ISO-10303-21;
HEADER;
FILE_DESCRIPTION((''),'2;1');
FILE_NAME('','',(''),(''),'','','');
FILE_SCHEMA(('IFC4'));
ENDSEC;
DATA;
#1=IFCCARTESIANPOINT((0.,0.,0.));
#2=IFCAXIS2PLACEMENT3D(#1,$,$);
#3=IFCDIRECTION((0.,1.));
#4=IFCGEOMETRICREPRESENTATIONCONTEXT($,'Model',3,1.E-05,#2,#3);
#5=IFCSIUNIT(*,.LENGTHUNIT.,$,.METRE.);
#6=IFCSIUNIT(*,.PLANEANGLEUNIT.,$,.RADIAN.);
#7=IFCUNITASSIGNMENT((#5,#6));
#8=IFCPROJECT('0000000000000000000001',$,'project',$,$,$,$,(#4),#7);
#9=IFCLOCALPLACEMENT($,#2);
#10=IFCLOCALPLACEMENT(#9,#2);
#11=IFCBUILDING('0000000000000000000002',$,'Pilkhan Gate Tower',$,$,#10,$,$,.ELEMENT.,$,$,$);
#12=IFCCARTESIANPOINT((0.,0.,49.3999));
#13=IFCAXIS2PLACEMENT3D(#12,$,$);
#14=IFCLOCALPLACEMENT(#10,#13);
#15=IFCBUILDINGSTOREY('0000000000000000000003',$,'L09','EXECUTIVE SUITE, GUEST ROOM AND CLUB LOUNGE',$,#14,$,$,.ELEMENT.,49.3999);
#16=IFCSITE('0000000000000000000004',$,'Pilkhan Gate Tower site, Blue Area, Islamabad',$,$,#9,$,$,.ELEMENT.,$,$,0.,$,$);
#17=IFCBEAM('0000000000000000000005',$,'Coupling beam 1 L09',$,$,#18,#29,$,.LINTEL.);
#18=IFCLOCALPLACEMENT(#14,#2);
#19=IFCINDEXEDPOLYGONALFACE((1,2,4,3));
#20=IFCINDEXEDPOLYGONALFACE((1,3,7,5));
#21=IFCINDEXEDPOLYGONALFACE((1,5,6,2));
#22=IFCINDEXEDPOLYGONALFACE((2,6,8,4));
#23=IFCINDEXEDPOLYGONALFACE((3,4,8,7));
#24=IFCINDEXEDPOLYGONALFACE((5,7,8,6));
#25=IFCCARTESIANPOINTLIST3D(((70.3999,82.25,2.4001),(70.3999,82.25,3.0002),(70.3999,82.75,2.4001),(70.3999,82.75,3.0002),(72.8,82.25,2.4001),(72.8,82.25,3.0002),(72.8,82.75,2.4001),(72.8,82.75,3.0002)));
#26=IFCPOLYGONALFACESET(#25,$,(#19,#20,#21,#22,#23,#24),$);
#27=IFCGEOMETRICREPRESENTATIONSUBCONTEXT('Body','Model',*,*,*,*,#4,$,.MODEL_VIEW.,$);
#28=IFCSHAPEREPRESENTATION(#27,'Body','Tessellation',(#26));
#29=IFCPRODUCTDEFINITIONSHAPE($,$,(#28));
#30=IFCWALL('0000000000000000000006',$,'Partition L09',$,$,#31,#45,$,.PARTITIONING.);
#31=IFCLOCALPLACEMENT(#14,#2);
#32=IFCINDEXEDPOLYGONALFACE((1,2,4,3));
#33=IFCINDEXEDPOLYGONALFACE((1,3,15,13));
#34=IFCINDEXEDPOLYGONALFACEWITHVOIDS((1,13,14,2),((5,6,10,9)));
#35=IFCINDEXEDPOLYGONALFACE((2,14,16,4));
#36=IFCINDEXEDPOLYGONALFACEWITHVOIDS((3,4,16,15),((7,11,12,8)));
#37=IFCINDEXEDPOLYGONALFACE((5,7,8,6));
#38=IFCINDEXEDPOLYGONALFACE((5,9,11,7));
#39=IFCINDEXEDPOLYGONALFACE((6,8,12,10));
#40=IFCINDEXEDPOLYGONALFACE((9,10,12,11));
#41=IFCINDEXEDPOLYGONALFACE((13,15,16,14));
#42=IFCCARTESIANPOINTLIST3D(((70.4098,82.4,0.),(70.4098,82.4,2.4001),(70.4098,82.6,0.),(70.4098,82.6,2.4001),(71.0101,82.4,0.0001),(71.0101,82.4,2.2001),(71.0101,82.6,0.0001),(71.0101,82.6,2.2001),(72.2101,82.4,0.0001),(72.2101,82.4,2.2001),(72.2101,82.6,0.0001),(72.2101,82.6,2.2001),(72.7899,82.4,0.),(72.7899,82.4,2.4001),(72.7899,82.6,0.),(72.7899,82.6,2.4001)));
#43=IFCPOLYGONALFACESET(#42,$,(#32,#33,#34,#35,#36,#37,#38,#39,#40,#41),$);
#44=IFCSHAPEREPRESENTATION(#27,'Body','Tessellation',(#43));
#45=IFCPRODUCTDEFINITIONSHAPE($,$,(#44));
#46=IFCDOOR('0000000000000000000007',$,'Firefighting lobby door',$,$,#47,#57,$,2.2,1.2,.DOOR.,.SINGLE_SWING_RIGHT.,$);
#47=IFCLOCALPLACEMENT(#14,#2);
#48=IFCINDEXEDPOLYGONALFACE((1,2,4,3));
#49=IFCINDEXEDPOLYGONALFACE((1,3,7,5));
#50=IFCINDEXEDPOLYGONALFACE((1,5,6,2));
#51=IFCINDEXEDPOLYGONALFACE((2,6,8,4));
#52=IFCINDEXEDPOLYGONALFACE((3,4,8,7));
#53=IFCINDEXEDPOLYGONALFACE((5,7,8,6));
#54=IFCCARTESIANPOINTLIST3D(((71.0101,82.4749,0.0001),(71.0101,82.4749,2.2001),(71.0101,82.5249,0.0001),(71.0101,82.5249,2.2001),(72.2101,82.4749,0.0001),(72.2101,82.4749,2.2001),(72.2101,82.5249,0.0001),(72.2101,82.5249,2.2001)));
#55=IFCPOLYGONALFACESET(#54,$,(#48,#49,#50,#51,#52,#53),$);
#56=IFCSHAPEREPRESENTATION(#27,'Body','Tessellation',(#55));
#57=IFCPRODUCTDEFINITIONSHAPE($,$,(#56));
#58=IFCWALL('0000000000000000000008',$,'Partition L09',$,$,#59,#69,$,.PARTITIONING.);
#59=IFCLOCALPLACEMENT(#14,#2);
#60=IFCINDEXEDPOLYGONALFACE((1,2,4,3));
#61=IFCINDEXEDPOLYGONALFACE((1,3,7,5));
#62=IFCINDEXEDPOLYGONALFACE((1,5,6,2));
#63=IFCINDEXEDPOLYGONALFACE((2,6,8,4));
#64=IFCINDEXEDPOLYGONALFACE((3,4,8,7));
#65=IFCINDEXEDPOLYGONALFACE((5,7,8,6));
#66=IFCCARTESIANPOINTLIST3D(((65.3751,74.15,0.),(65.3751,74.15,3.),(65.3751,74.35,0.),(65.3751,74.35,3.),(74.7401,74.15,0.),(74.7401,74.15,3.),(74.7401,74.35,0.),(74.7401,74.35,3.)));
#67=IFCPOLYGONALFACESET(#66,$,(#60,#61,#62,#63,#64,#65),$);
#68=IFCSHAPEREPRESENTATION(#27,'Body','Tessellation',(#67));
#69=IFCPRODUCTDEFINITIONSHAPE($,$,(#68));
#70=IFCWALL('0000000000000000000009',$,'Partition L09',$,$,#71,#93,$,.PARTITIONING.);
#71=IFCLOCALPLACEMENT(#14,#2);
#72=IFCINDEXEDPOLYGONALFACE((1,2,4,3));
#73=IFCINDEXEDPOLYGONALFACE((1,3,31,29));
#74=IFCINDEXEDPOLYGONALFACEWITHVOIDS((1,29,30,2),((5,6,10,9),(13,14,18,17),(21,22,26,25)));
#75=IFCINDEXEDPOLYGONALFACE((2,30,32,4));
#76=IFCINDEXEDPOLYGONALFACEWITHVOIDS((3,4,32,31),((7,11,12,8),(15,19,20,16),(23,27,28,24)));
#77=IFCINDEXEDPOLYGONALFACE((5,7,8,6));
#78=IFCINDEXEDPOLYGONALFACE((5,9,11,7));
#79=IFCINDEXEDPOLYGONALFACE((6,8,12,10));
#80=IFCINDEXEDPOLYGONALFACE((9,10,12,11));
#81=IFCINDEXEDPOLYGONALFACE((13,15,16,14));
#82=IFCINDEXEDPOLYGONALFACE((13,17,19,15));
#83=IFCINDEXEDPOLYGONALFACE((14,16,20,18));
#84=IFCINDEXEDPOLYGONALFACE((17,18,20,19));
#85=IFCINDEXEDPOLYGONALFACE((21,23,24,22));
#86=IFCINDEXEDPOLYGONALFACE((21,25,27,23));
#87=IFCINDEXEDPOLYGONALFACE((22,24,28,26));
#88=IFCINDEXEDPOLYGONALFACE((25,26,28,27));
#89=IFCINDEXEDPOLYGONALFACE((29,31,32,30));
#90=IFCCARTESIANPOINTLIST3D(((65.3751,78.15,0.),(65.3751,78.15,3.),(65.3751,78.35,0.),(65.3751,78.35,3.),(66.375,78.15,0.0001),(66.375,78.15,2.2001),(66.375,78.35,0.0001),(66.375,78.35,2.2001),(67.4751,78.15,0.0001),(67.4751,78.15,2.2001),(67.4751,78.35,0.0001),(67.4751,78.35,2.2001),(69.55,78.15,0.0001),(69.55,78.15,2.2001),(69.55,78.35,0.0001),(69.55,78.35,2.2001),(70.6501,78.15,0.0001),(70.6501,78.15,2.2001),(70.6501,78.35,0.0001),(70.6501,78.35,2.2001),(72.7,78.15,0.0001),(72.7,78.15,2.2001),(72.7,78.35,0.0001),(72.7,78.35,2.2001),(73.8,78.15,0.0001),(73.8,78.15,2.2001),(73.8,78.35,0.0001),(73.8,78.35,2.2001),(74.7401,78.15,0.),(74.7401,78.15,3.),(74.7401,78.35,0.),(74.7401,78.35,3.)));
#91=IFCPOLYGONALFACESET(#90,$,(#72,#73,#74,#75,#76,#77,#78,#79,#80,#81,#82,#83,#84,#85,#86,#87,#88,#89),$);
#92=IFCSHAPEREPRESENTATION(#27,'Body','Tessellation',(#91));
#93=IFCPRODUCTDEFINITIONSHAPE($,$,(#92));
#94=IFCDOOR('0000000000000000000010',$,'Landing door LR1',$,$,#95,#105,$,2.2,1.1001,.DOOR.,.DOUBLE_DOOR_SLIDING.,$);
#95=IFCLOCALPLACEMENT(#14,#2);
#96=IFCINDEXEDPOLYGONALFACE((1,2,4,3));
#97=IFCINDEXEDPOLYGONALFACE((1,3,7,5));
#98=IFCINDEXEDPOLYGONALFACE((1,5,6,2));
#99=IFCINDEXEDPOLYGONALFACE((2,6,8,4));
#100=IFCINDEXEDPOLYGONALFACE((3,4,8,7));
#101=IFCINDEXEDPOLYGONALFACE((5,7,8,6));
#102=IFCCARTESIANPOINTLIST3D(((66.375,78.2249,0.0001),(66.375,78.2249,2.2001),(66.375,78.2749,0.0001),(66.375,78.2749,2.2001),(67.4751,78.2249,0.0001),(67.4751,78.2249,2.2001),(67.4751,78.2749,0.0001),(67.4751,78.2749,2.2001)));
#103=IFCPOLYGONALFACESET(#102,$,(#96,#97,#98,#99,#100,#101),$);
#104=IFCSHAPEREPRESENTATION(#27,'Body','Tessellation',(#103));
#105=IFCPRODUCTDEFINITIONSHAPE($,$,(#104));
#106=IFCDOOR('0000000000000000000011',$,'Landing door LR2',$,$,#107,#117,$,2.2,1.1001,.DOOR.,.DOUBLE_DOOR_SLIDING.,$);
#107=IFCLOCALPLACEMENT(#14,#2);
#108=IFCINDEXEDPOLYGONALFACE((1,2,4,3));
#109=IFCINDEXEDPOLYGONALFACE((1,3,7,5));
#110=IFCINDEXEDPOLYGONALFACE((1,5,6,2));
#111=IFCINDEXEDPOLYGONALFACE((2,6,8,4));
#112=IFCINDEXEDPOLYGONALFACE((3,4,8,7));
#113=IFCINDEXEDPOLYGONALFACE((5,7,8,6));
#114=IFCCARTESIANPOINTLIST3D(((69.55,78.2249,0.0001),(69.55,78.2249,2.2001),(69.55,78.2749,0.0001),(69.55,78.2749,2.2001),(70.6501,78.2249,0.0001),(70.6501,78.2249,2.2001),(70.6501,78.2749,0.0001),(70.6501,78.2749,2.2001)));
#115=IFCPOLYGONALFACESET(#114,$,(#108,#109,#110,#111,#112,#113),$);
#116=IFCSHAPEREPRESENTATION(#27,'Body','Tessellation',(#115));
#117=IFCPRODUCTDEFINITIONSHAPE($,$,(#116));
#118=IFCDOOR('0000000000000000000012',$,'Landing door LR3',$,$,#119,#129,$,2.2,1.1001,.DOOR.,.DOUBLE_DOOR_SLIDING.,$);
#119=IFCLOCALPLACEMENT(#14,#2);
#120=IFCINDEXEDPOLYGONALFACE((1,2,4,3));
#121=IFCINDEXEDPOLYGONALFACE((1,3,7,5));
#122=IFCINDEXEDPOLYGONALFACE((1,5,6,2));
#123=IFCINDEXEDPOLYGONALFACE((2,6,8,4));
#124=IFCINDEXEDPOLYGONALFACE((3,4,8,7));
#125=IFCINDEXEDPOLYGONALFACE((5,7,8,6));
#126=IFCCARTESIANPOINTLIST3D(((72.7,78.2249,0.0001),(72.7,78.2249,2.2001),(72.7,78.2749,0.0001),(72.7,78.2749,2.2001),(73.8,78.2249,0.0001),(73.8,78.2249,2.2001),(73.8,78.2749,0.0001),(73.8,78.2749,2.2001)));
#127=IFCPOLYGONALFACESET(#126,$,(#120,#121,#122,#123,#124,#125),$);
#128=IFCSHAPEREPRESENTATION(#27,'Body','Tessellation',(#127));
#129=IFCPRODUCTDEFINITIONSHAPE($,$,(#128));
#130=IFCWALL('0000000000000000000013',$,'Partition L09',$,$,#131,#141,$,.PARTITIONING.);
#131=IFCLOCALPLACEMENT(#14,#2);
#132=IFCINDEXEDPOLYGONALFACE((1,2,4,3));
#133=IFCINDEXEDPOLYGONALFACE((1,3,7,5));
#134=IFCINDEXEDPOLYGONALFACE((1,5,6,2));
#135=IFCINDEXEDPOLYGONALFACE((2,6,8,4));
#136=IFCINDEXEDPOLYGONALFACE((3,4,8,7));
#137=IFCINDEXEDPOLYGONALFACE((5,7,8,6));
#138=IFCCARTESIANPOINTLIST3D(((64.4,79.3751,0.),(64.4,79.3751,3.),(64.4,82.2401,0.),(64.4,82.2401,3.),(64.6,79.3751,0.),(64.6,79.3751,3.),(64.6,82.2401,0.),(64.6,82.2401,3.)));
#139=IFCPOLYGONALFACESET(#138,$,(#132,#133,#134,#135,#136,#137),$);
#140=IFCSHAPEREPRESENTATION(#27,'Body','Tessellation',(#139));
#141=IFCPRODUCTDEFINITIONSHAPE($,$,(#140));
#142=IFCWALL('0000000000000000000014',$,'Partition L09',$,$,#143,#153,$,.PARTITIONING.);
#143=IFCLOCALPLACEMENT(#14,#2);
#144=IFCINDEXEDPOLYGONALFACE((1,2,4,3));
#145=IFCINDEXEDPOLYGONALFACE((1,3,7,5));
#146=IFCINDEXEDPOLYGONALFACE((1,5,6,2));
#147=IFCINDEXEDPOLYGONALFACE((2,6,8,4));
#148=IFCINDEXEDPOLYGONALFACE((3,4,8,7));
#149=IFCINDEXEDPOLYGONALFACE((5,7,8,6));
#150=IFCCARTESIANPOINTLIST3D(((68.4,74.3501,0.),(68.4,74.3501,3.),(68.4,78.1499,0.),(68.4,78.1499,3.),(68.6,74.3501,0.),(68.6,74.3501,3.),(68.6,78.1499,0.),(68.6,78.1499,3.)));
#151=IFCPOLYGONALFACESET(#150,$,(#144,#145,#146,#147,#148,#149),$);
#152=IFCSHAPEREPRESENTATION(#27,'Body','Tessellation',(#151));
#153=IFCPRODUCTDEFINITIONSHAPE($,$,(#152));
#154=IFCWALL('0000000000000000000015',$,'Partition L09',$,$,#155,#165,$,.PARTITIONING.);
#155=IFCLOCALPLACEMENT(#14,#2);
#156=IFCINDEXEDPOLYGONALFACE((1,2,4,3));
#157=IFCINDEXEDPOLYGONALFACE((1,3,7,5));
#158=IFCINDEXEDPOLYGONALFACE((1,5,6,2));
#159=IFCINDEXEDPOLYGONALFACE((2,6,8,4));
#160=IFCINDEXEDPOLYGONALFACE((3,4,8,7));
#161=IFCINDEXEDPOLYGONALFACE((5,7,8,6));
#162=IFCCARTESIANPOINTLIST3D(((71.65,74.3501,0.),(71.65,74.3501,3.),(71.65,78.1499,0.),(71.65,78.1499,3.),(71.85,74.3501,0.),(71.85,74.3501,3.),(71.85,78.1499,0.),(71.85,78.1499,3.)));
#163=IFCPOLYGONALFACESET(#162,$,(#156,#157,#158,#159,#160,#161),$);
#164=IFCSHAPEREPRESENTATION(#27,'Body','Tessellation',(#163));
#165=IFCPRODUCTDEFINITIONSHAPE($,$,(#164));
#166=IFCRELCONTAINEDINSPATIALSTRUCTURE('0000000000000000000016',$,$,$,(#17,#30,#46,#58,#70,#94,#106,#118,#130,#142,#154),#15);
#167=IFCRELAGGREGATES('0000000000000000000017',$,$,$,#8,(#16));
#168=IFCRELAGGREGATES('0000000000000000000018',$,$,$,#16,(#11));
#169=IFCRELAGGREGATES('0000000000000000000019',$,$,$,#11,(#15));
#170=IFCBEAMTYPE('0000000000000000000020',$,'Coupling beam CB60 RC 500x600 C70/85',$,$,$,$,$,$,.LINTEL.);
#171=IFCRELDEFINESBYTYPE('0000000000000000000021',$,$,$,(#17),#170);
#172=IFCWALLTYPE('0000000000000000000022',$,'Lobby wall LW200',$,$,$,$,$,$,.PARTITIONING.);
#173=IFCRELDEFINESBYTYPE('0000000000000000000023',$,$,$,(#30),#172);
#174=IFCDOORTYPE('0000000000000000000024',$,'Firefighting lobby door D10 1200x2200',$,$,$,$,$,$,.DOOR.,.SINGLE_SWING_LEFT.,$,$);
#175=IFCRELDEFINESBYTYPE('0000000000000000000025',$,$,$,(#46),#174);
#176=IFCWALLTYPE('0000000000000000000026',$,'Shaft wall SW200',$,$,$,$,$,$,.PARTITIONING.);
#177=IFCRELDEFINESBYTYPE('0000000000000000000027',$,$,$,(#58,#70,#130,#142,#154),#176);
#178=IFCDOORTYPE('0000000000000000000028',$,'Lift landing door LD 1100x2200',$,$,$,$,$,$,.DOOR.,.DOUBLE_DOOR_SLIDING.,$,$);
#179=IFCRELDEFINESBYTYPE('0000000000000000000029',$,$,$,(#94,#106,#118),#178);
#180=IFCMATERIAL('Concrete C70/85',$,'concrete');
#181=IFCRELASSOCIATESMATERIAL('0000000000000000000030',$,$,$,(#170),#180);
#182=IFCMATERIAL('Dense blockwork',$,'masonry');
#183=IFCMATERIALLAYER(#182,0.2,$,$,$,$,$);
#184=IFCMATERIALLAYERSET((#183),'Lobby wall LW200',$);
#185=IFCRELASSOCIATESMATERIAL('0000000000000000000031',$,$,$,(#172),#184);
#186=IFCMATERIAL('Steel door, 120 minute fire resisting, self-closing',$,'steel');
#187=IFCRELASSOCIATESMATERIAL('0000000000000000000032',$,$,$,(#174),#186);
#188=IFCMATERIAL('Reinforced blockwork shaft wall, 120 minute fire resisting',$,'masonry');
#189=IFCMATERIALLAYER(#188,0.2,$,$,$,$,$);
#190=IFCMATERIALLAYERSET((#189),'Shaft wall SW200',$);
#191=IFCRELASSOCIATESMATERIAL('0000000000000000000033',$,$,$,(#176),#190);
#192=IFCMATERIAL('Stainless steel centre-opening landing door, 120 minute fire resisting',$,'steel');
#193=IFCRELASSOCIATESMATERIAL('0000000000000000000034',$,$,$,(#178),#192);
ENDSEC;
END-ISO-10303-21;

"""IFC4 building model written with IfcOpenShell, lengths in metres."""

from ifc_helpers import new_model, si_unit, direction, frame, frame_2d, origin, origin_2d, place, context, subcontext, project, spatial, rectangle, extrude, material, layer, layer_set, material_profile, profile_set, type_object, element, fill, save


model = new_model("IFC4")

# Units and contexts
model_context = context("Model", 3, precision=1e-05, world=origin(), true_north=direction((0.0, 1.0)))
body_context = subcontext(model_context, "Body", "Model", "MODEL_VIEW")
ifc_project = project(units=[si_unit("LENGTHUNIT", "METRE"), si_unit("PLANEANGLEUNIT", "RADIAN")], contexts=[model_context])

# Site, building, storey
site_placement = place(None, origin())
site = spatial("IfcSite", under=ifc_project, at=site_placement, Name="Pilkhan Gate Tower site, Blue Area, Islamabad", CompositionType="ELEMENT", RefElevation=0.0)
building_placement = place(site_placement, origin())
building = spatial("IfcBuilding", under=site, at=building_placement, Name="Pilkhan Gate Tower", CompositionType="ELEMENT")
storey_placement = place(building_placement, frame((0.0, 0.0, 49.3999)))
storey = spatial("IfcBuildingStorey", under=building, at=storey_placement, Name="L09", Description="EXECUTIVE SUITE, GUEST ROOM AND CLUB LOUNGE", CompositionType="ELEMENT", Elevation=49.3999)

# Beam
ifc_material_1 = material(Name="Concrete C70/85", Category="concrete")
ifc_material_profile = material_profile(ifc_material_1, rectangle(XDim=0.5, YDim=0.6001, at=origin_2d()), Name="RC 500x600")
ifc_profile_set = profile_set([ifc_material_profile], Name="Concrete C70/85")
beam_type = type_object("IfcBeamType", Name="Coupling beam CB60 RC 500x600 C70/85", PredefinedType="LINTEL", material=ifc_profile_set)
beam_placement = place(storey_placement, frame((70.3999, 82.5, 2.7002), z_axis=(1.0, 0.0, 0.0), x_axis=(0.0, 1.0, 0.0)))
element("IfcBeam", 1, at=beam_placement, inside=storey, type_object=beam_type, Name="Coupling beam 1 L09", PredefinedType="LINTEL", context=body_context, shape_type="SweptSolid", body=[
    extrude(rectangle(XDim=0.5, YDim=0.6001, at=origin_2d()), origin(), (0.0, 0.0, 1.0), 2.4001),
])

# Wall, opening, door
ifc_material_2 = material(Name="Dense blockwork", Category="masonry")
ifc_layer_1 = layer(ifc_material_2, 0.2)
ifc_layer_set_1 = layer_set([ifc_layer_1], Name="Lobby wall LW200")
wall_type_1 = type_object("IfcWallType", Name="Lobby wall LW200", PredefinedType="PARTITIONING", material=ifc_layer_set_1)
wall_1_placement = place(storey_placement, frame((70.4099, 82.5, 0.0), z_axis=(0.0, 0.0, 1.0), x_axis=(1.0, 0.0, 0.0)))
wall_1 = element("IfcWall", 2, at=wall_1_placement, inside=storey, type_object=wall_type_1, Name="Partition L09", PredefinedType="PARTITIONING", context=body_context, shape_type="SweptSolid", body=[
    extrude(rectangle(XDim=2.3801, YDim=0.2, at=frame_2d((1.1899, 0.0))), origin(), (0.0, 0.0, 1.0), 2.4001),
])
opening_1_placement = place(wall_1_placement, frame((0.6001, 0.0, 0.0)))
opening_1 = element("IfcOpeningElement", 3, at=opening_1_placement, cuts=wall_1, PredefinedType="OPENING", context=body_context, shape_type="SweptSolid", body=[
    extrude(rectangle(XDim=1.2, YDim=2.2, at=frame_2d((0.6001, 1.1001))), frame((0.0, 0.1099, 0.0), z_axis=(0.0, -1.0, 0.0), x_axis=(1.0, 0.0, 0.0)), (0.0, 0.0, 1.0), 0.22),
])
ifc_material_3 = material(Name="Steel door, 120 minute fire resisting, self-closing", Category="steel")
door_type_1 = type_object("IfcDoorType", Name="Firefighting lobby door D10 1200x2200", OperationType="SINGLE_SWING_LEFT", PredefinedType="DOOR", material=ifc_material_3)
door_1_placement = place(opening_1_placement, origin())
door_1 = element("IfcDoor", 4, at=door_1_placement, inside=storey, type_object=door_type_1, Name="Firefighting lobby door", OperationType="SINGLE_SWING_RIGHT", OverallHeight=2.2, OverallWidth=1.2, PredefinedType="DOOR", context=body_context, shape_type="SweptSolid", body=[
    extrude(rectangle(XDim=1.2, YDim=2.2, at=frame_2d((0.6001, 1.1001))), frame((0.0, 0.0249, 0.0), z_axis=(0.0, -1.0, 0.0), x_axis=(1.0, 0.0, 0.0)), (0.0, 0.0, 1.0), 0.05),
])
fill(opening_1, door_1)

# Wall
ifc_material_4 = material(Name="Reinforced blockwork shaft wall, 120 minute fire resisting", Category="masonry")
ifc_layer_2 = layer(ifc_material_4, 0.2)
ifc_layer_set_2 = layer_set([ifc_layer_2], Name="Shaft wall SW200")
wall_type_2 = type_object("IfcWallType", Name="Shaft wall SW200", PredefinedType="PARTITIONING", material=ifc_layer_set_2)
wall_2_placement = place(storey_placement, frame((65.375, 74.25, 0.0), z_axis=(0.0, 0.0, 1.0), x_axis=(1.0, 0.0, 0.0)))
element("IfcWall", 5, at=wall_2_placement, inside=storey, type_object=wall_type_2, Name="Partition L09", PredefinedType="PARTITIONING", context=body_context, shape_type="SweptSolid", body=[
    extrude(rectangle(XDim=9.365, YDim=0.2, at=frame_2d((4.6826, 0.0))), origin(), (0.0, 0.0, 1.0), 3.0),
])

# Wall, openings, doors
wall_3_placement = place(storey_placement, frame((65.375, 78.25, 0.0), z_axis=(0.0, 0.0, 1.0), x_axis=(1.0, 0.0, 0.0)))
wall_3 = element("IfcWall", 6, at=wall_3_placement, inside=storey, type_object=wall_type_2, Name="Partition L09", PredefinedType="PARTITIONING", context=body_context, shape_type="SweptSolid", body=[
    extrude(rectangle(XDim=9.365, YDim=0.2, at=frame_2d((4.6826, 0.0))), origin(), (0.0, 0.0, 1.0), 3.0),
])
opening_2_placement = place(wall_3_placement, frame((1.0, 0.0, 0.0)))
opening_2 = element("IfcOpeningElement", 7, at=opening_2_placement, cuts=wall_3, PredefinedType="OPENING", context=body_context, shape_type="SweptSolid", body=[
    extrude(rectangle(XDim=1.1001, YDim=2.2, at=frame_2d((0.55, 1.1001))), frame((0.0, 0.1099, 0.0), z_axis=(0.0, -1.0, 0.0), x_axis=(1.0, 0.0, 0.0)), (0.0, 0.0, 1.0), 0.22),
])
opening_3_placement = place(wall_3_placement, frame((4.175, 0.0, 0.0)))
opening_3 = element("IfcOpeningElement", 8, at=opening_3_placement, cuts=wall_3, PredefinedType="OPENING", context=body_context, shape_type="SweptSolid", body=[
    extrude(rectangle(XDim=1.1001, YDim=2.2, at=frame_2d((0.55, 1.1001))), frame((0.0, 0.1099, 0.0), z_axis=(0.0, -1.0, 0.0), x_axis=(1.0, 0.0, 0.0)), (0.0, 0.0, 1.0), 0.22),
])
opening_4_placement = place(wall_3_placement, frame((7.325, 0.0, 0.0)))
opening_4 = element("IfcOpeningElement", 9, at=opening_4_placement, cuts=wall_3, PredefinedType="OPENING", context=body_context, shape_type="SweptSolid", body=[
    extrude(rectangle(XDim=1.1001, YDim=2.2, at=frame_2d((0.55, 1.1001))), frame((0.0, 0.1099, 0.0), z_axis=(0.0, -1.0, 0.0), x_axis=(1.0, 0.0, 0.0)), (0.0, 0.0, 1.0), 0.22),
])
ifc_material_5 = material(Name="Stainless steel centre-opening landing door, 120 minute fire resisting", Category="steel")
door_type_2 = type_object("IfcDoorType", Name="Lift landing door LD 1100x2200", OperationType="DOUBLE_DOOR_SLIDING", PredefinedType="DOOR", material=ifc_material_5)
door_2_placement = place(opening_2_placement, origin())
door_2 = element("IfcDoor", 10, at=door_2_placement, inside=storey, type_object=door_type_2, Name="Landing door LR1", OperationType="DOUBLE_DOOR_SLIDING", OverallHeight=2.2, OverallWidth=1.1001, PredefinedType="DOOR", context=body_context, shape_type="SweptSolid", body=[
    extrude(rectangle(XDim=1.1001, YDim=2.2, at=frame_2d((0.55, 1.1001))), frame((0.0, 0.0249, 0.0), z_axis=(0.0, -1.0, 0.0), x_axis=(1.0, 0.0, 0.0)), (0.0, 0.0, 1.0), 0.05),
])
fill(opening_2, door_2)
door_3_placement = place(opening_3_placement, origin())
door_3 = element("IfcDoor", 11, at=door_3_placement, inside=storey, type_object=door_type_2, Name="Landing door LR2", OperationType="DOUBLE_DOOR_SLIDING", OverallHeight=2.2, OverallWidth=1.1001, PredefinedType="DOOR", context=body_context, shape_type="SweptSolid", body=[
    extrude(rectangle(XDim=1.1001, YDim=2.2, at=frame_2d((0.55, 1.1001))), frame((0.0, 0.0249, 0.0), z_axis=(0.0, -1.0, 0.0), x_axis=(1.0, 0.0, 0.0)), (0.0, 0.0, 1.0), 0.05),
])
fill(opening_3, door_3)
door_4_placement = place(opening_4_placement, origin())
door_4 = element("IfcDoor", 12, at=door_4_placement, inside=storey, type_object=door_type_2, Name="Landing door LR3", OperationType="DOUBLE_DOOR_SLIDING", OverallHeight=2.2, OverallWidth=1.1001, PredefinedType="DOOR", context=body_context, shape_type="SweptSolid", body=[
    extrude(rectangle(XDim=1.1001, YDim=2.2, at=frame_2d((0.55, 1.1001))), frame((0.0, 0.0249, 0.0), z_axis=(0.0, -1.0, 0.0), x_axis=(1.0, 0.0, 0.0)), (0.0, 0.0, 1.0), 0.05),
])
fill(opening_4, door_4)

# Walls
wall_4_placement = place(storey_placement, frame((64.5, 79.375, 0.0), z_axis=(0.0, 0.0, 1.0), x_axis=(0.0, 1.0, 0.0)))
element("IfcWall", 13, at=wall_4_placement, inside=storey, type_object=wall_type_2, Name="Partition L09", PredefinedType="PARTITIONING", context=body_context, shape_type="SweptSolid", body=[
    extrude(rectangle(XDim=2.865, YDim=0.2, at=frame_2d((1.4326, 0.0))), origin(), (0.0, 0.0, 1.0), 3.0),
])
for number, where, z_axis, x_axis, name in (
    (14, (68.5, 74.3501, 0.0), (0.0, 0.0, 1.0), (0.0, 1.0, 0.0), "Partition L09"),
    (15, (71.75, 74.3501, 0.0), (0.0, 0.0, 1.0), (0.0, 1.0, 0.0), "Partition L09"),
):
    element("IfcWall", number, at=place(storey_placement, frame(where, z_axis=z_axis, x_axis=x_axis)), inside=storey, type_object=wall_type_2, Name=name, PredefinedType="PARTITIONING", context=body_context, shape_type="SweptSolid", body=[
        extrude(rectangle(XDim=3.7998, YDim=0.2, at=frame_2d((1.8999, 0.0))), origin(), (0.0, 0.0, 1.0), 3.0),
    ])

save(model, "model.ifc")
